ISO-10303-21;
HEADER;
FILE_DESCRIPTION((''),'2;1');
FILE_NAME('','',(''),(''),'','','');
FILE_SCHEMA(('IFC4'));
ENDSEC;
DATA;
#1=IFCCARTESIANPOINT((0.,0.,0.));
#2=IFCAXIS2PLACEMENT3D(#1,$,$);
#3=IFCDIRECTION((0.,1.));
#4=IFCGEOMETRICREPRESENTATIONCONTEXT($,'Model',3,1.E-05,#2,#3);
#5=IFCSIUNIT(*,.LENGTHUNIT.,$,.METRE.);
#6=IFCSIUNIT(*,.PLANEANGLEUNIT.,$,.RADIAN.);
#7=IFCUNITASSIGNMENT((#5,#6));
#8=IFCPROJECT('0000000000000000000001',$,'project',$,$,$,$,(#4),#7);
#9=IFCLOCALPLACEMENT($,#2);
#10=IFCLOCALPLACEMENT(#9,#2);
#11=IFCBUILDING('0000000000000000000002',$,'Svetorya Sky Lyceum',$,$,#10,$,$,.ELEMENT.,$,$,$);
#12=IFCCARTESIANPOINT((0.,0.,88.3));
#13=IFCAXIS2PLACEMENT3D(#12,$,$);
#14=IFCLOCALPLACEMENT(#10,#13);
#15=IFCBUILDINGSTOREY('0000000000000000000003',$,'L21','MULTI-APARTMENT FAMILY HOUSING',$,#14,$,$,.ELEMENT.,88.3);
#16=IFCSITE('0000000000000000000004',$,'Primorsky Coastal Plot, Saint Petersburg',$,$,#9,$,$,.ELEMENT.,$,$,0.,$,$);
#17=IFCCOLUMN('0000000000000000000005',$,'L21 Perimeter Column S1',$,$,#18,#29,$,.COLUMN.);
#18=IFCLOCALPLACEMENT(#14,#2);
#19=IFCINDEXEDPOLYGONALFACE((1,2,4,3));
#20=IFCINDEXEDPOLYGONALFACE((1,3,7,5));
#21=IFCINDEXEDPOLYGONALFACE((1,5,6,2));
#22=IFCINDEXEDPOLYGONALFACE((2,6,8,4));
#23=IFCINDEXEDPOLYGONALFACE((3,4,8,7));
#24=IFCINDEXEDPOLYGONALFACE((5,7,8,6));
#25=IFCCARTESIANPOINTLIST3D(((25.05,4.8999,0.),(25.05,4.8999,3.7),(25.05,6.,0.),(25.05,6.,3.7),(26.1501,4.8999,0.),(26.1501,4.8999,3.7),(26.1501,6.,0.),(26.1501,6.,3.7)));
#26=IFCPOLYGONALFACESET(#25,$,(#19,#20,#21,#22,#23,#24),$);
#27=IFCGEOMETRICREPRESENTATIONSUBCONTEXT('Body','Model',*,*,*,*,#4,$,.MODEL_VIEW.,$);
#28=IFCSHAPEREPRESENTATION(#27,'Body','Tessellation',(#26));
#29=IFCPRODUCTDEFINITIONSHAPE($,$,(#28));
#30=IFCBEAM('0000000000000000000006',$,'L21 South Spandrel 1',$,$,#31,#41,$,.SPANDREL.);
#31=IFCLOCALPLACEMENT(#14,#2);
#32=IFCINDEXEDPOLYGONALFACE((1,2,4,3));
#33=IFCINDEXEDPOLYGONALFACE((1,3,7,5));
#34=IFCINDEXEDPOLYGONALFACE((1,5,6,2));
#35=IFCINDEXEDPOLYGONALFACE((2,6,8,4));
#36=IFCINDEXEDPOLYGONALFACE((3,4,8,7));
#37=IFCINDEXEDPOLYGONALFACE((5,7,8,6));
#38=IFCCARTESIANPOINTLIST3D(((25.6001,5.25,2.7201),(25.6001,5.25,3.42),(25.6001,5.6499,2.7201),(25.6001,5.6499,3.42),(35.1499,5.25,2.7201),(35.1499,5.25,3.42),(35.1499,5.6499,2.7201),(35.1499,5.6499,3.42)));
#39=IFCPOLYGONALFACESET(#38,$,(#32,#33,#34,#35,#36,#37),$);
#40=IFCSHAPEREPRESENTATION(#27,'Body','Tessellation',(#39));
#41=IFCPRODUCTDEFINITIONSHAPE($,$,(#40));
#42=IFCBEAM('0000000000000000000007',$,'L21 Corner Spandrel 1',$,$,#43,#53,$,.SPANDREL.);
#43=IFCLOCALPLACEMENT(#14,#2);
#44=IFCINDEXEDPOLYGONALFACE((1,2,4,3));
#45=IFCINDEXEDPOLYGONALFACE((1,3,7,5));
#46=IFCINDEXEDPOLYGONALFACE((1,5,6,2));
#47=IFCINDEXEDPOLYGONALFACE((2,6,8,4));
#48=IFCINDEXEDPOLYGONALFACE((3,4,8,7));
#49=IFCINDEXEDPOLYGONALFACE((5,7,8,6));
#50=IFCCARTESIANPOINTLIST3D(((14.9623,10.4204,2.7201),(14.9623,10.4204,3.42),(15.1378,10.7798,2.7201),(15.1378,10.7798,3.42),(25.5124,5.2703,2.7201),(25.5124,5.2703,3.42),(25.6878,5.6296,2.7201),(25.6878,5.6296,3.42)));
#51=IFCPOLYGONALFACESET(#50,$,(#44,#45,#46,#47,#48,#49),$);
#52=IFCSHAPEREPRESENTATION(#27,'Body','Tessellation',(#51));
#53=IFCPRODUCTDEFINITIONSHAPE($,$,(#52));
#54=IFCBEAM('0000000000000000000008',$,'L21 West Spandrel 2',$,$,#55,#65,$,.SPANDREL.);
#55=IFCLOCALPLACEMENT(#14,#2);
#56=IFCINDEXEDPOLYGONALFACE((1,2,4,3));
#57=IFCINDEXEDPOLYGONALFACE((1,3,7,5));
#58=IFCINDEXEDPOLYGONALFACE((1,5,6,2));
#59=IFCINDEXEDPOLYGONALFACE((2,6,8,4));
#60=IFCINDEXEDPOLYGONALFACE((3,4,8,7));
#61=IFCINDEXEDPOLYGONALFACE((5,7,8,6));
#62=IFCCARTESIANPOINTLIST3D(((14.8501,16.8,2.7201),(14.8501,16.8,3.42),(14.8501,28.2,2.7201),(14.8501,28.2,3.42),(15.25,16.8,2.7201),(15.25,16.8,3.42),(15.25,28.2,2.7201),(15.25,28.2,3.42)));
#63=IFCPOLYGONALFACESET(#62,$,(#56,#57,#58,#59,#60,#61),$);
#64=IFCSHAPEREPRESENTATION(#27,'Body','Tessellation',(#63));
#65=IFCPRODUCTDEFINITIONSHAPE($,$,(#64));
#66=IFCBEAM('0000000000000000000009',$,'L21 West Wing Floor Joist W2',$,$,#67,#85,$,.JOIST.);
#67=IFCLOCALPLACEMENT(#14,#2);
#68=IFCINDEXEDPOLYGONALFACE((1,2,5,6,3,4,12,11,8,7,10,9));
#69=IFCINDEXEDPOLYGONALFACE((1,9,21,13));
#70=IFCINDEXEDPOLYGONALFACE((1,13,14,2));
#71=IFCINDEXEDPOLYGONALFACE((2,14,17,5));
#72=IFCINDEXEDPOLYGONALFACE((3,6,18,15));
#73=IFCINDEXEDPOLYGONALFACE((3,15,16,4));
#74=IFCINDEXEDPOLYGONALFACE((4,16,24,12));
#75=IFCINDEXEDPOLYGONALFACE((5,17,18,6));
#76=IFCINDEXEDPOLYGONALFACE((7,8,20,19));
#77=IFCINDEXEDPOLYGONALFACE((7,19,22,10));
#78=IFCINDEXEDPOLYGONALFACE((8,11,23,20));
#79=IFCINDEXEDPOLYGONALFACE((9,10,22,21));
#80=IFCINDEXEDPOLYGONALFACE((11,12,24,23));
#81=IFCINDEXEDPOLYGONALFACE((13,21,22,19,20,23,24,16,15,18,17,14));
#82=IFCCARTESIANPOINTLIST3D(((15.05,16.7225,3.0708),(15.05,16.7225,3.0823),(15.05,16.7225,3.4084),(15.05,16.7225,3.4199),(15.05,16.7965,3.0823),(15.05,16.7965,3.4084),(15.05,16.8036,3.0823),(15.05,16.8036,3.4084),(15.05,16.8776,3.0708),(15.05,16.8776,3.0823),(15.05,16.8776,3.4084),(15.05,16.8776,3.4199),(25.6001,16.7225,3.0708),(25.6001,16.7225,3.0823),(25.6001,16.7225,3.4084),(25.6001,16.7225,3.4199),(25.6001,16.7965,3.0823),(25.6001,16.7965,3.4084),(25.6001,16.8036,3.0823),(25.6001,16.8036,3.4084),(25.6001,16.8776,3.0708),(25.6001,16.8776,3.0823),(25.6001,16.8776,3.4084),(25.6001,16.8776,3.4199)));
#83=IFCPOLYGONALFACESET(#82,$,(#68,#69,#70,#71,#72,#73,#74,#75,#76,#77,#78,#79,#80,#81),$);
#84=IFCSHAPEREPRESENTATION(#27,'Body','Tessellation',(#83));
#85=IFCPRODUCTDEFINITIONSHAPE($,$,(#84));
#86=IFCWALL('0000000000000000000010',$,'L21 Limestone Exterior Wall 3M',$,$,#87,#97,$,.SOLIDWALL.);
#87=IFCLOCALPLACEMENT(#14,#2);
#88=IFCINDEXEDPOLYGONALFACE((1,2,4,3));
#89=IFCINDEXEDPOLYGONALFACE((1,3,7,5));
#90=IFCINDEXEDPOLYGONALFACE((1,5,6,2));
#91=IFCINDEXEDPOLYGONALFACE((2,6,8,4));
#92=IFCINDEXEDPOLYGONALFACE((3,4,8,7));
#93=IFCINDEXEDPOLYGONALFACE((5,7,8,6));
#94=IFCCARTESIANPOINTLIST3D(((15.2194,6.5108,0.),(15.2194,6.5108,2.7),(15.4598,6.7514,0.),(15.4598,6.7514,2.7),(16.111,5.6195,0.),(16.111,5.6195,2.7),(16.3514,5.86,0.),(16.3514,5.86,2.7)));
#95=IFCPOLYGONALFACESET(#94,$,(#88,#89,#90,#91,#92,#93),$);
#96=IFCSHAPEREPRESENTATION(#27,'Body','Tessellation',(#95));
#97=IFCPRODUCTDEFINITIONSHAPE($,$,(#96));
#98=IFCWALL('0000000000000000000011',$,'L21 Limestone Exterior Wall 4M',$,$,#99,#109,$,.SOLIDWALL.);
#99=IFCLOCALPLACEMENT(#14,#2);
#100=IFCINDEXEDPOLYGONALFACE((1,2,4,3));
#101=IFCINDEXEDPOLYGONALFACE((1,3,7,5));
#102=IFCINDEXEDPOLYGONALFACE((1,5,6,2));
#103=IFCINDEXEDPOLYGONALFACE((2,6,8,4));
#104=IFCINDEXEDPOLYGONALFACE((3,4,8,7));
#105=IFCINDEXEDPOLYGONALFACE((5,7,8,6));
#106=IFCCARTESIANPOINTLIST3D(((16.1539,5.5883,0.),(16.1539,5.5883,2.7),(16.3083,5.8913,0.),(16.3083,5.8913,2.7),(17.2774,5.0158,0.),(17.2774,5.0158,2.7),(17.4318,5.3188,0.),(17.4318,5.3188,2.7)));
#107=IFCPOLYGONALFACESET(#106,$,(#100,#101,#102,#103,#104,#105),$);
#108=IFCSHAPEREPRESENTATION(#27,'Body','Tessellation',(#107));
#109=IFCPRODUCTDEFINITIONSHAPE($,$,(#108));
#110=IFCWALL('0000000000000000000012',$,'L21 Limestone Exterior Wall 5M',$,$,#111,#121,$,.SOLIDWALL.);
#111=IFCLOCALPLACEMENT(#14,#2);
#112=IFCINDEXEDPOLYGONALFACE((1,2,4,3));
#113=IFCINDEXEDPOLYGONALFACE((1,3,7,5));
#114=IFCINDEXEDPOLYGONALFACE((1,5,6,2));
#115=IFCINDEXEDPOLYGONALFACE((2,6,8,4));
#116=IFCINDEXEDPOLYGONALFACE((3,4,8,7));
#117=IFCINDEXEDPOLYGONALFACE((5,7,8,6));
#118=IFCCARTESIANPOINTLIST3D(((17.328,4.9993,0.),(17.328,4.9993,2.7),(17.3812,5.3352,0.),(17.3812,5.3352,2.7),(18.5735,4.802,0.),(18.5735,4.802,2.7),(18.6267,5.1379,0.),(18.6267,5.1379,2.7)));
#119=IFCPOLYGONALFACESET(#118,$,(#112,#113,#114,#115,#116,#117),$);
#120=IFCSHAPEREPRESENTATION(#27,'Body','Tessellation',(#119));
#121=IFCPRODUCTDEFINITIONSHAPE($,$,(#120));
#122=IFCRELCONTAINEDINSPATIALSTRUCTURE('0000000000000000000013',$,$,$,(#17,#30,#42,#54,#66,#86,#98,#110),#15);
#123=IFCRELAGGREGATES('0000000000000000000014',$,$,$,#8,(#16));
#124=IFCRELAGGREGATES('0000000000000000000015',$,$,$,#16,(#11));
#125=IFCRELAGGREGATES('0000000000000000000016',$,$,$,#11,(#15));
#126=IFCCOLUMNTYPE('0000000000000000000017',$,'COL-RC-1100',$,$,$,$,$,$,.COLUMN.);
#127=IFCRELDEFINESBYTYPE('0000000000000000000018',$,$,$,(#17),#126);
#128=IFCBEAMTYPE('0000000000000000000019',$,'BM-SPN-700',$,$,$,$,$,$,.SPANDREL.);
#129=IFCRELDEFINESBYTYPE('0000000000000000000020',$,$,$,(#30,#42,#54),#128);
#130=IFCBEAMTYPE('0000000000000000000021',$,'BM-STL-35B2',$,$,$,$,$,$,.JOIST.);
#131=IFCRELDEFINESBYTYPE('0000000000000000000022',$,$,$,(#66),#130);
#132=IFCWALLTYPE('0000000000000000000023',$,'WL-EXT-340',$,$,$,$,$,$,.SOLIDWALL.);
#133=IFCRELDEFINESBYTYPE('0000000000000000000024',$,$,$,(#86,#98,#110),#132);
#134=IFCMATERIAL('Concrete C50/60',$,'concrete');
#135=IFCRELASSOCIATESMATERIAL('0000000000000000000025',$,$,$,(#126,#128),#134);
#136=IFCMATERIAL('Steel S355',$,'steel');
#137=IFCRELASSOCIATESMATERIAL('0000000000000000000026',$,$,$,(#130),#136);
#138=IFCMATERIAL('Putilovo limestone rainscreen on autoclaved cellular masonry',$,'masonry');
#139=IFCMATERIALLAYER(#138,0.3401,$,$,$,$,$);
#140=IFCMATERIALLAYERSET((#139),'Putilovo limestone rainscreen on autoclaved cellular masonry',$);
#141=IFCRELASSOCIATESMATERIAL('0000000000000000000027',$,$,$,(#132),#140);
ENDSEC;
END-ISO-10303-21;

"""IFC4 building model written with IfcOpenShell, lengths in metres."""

from ifc_helpers import new_model, si_unit, direction, frame, frame_2d, origin, origin_2d, place, context, subcontext, project, spatial, rectangle, i_section, extrude, material, layer, layer_set, material_profile, profile_set, type_object, element, save


model = new_model("IFC4")

# Units and contexts
model_context = context("Model", 3, precision=1e-05, world=origin(), true_north=direction((0.0, 1.0)))
body_context = subcontext(model_context, "Body", "Model", "MODEL_VIEW")
ifc_project = project(units=[si_unit("LENGTHUNIT", "METRE"), si_unit("PLANEANGLEUNIT", "RADIAN")], contexts=[model_context])

# Site, building, storey
site_placement = place(None, origin())
site = spatial("IfcSite", under=ifc_project, at=site_placement, Name="Primorsky Coastal Plot, Saint Petersburg", CompositionType="ELEMENT", RefElevation=0.0)
building_placement = place(site_placement, origin())
building = spatial("IfcBuilding", under=site, at=building_placement, Name="Svetorya Sky Lyceum", CompositionType="ELEMENT")
storey_placement = place(building_placement, frame((0.0, 0.0, 88.3)))
storey = spatial("IfcBuildingStorey", under=building, at=storey_placement, Name="L21", Description="MULTI-APARTMENT FAMILY HOUSING", CompositionType="ELEMENT", Elevation=88.3)

# Column
ifc_material_1 = material(Name="Concrete C50/60", Category="concrete")
ifc_material_profile_1 = material_profile(ifc_material_1, rectangle(XDim=1.1001, YDim=1.1001, at=origin_2d()), Name="RC COL 1100x1100")
ifc_profile_set_1 = profile_set([ifc_material_profile_1], Name="Concrete C50/60")
column_type = type_object("IfcColumnType", Name="COL-RC-1100", PredefinedType="COLUMN", material=ifc_profile_set_1)
column_placement = place(storey_placement, frame((25.6001, 5.45, 0.0), z_axis=(0.0, 0.0, 1.0), x_axis=(1.0, 0.0, 0.0)))
element("IfcColumn", 1, at=column_placement, inside=storey, type_object=column_type, Name="L21 Perimeter Column S1", PredefinedType="COLUMN", context=body_context, shape_type="SweptSolid", body=[
    extrude(rectangle(XDim=1.1001, YDim=1.1001, at=origin_2d()), origin(), (0.0, 0.0, 1.0), 3.7),
])

# Beams
ifc_material_profile_2 = material_profile(ifc_material_1, rectangle(XDim=0.3999, YDim=0.7, at=origin_2d()), Name="RC SPANDREL 400x700")
ifc_profile_set_2 = profile_set([ifc_material_profile_2], Name="Concrete C50/60")
beam_type_1 = type_object("IfcBeamType", Name="BM-SPN-700", PredefinedType="SPANDREL", material=ifc_profile_set_2)
beam_1_placement = place(storey_placement, frame((25.6001, 5.45, 3.0701), z_axis=(1.0, 0.0, 0.0), x_axis=(0.0, 1.0, 0.0)))
element("IfcBeam", 2, at=beam_1_placement, inside=storey, type_object=beam_type_1, Name="L21 South Spandrel 1", PredefinedType="SPANDREL", context=body_context, shape_type="SweptSolid", body=[
    extrude(rectangle(XDim=0.3999, YDim=0.7, at=origin_2d()), origin(), (0.0, 0.0, 1.0), 9.5498),
])
beam_2_placement = place(storey_placement, frame((25.6001, 5.45, 3.0701), z_axis=(-0.898641, 0.438684, 0.0), x_axis=(-0.438684, -0.898641, 0.0)))
element("IfcBeam", 3, at=beam_2_placement, inside=storey, type_object=beam_type_1, Name="L21 Corner Spandrel 1", PredefinedType="SPANDREL", context=body_context, shape_type="SweptSolid", body=[
    extrude(rectangle(XDim=0.3999, YDim=0.7, at=origin_2d()), origin(), (0.0, 0.0, 1.0), 11.74),
])
beam_3_placement = place(storey_placement, frame((15.05, 16.8, 3.0701), z_axis=(0.0, 1.0, 0.0), x_axis=(-1.0, 0.0, 0.0)))
element("IfcBeam", 4, at=beam_3_placement, inside=storey, type_object=beam_type_1, Name="L21 West Spandrel 2", PredefinedType="SPANDREL", context=body_context, shape_type="SweptSolid", body=[
    extrude(rectangle(XDim=0.3999, YDim=0.7, at=origin_2d()), origin(), (0.0, 0.0, 1.0), 11.3999),
])
ifc_material_2 = material(Name="Steel S355", Category="steel")
ifc_material_profile_3 = material_profile(ifc_material_2, i_section(OverallWidth=0.155, OverallDepth=0.3491, WebThickness=0.0071, FlangeThickness=0.0115, at=origin_2d()), Name="GOST 35B2")
ifc_profile_set_3 = profile_set([ifc_material_profile_3], Name="Steel S355")
beam_type_2 = type_object("IfcBeamType", Name="BM-STL-35B2", PredefinedType="JOIST", material=ifc_profile_set_3)
beam_4_placement = place(storey_placement, frame((15.05, 16.8, 3.2454), z_axis=(1.0, 0.0, 0.0), x_axis=(0.0, 1.0, 0.0)))
element("IfcBeam", 5, at=beam_4_placement, inside=storey, type_object=beam_type_2, Name="L21 West Wing Floor Joist W2", PredefinedType="JOIST", context=body_context, shape_type="SweptSolid", body=[
    extrude(i_section(OverallWidth=0.155, OverallDepth=0.3491, WebThickness=0.0071, FlangeThickness=0.0115, at=origin_2d()), origin(), (0.0, 0.0, 1.0), 10.55),
])

# Walls
ifc_material_3 = material(Name="Putilovo limestone rainscreen on autoclaved cellular masonry", Category="masonry")
ifc_layer_1 = layer(ifc_material_3, 0.3401)
ifc_layer_set_1 = layer_set([ifc_layer_1], Name="Putilovo limestone rainscreen on autoclaved cellular masonry")
wall_type_1 = type_object("IfcWallType", Name="WL-EXT-340", PredefinedType="SOLIDWALL", material=ifc_layer_set_1)
wall_1_placement = place(storey_placement, frame((15.3396, 6.6311, 0.0), z_axis=(0.0, 0.0, 1.0), x_axis=(0.707204, -0.70701, 0.0)))
element("IfcWall", 6, at=wall_1_placement, inside=storey, type_object=wall_type_1, Name="L21 Limestone Exterior Wall 3M", PredefinedType="SOLIDWALL", context=body_context, shape_type="SweptSolid", body=[
    extrude(rectangle(XDim=1.2607, YDim=0.3401, at=frame_2d((0.6304, 0.0))), origin(), (0.0, 0.0, 1.0), 2.7),
])
for number, where, z_axis, x_axis, name in (
    (7, (16.2312, 5.7397, 0.0), (0.0, 0.0, 1.0), (0.890994, -0.454016, 0.0), "L21 Limestone Exterior Wall 4M"),
    (8, (17.3547, 5.1672, 0.0), (0.0, 0.0, 1.0), (0.987686, -0.15645, 0.0), "L21 Limestone Exterior Wall 5M"),
):
    element("IfcWall", number, at=place(storey_placement, frame(where, z_axis=z_axis, x_axis=x_axis)), inside=storey, type_object=wall_type_1, Name=name, PredefinedType="SOLIDWALL", context=body_context, shape_type="SweptSolid", body=[
        extrude(rectangle(XDim=1.261, YDim=0.3401, at=frame_2d((0.6304, 0.0))), origin(), (0.0, 0.0, 1.0), 2.7),
    ])

save(model, "model.ifc")
